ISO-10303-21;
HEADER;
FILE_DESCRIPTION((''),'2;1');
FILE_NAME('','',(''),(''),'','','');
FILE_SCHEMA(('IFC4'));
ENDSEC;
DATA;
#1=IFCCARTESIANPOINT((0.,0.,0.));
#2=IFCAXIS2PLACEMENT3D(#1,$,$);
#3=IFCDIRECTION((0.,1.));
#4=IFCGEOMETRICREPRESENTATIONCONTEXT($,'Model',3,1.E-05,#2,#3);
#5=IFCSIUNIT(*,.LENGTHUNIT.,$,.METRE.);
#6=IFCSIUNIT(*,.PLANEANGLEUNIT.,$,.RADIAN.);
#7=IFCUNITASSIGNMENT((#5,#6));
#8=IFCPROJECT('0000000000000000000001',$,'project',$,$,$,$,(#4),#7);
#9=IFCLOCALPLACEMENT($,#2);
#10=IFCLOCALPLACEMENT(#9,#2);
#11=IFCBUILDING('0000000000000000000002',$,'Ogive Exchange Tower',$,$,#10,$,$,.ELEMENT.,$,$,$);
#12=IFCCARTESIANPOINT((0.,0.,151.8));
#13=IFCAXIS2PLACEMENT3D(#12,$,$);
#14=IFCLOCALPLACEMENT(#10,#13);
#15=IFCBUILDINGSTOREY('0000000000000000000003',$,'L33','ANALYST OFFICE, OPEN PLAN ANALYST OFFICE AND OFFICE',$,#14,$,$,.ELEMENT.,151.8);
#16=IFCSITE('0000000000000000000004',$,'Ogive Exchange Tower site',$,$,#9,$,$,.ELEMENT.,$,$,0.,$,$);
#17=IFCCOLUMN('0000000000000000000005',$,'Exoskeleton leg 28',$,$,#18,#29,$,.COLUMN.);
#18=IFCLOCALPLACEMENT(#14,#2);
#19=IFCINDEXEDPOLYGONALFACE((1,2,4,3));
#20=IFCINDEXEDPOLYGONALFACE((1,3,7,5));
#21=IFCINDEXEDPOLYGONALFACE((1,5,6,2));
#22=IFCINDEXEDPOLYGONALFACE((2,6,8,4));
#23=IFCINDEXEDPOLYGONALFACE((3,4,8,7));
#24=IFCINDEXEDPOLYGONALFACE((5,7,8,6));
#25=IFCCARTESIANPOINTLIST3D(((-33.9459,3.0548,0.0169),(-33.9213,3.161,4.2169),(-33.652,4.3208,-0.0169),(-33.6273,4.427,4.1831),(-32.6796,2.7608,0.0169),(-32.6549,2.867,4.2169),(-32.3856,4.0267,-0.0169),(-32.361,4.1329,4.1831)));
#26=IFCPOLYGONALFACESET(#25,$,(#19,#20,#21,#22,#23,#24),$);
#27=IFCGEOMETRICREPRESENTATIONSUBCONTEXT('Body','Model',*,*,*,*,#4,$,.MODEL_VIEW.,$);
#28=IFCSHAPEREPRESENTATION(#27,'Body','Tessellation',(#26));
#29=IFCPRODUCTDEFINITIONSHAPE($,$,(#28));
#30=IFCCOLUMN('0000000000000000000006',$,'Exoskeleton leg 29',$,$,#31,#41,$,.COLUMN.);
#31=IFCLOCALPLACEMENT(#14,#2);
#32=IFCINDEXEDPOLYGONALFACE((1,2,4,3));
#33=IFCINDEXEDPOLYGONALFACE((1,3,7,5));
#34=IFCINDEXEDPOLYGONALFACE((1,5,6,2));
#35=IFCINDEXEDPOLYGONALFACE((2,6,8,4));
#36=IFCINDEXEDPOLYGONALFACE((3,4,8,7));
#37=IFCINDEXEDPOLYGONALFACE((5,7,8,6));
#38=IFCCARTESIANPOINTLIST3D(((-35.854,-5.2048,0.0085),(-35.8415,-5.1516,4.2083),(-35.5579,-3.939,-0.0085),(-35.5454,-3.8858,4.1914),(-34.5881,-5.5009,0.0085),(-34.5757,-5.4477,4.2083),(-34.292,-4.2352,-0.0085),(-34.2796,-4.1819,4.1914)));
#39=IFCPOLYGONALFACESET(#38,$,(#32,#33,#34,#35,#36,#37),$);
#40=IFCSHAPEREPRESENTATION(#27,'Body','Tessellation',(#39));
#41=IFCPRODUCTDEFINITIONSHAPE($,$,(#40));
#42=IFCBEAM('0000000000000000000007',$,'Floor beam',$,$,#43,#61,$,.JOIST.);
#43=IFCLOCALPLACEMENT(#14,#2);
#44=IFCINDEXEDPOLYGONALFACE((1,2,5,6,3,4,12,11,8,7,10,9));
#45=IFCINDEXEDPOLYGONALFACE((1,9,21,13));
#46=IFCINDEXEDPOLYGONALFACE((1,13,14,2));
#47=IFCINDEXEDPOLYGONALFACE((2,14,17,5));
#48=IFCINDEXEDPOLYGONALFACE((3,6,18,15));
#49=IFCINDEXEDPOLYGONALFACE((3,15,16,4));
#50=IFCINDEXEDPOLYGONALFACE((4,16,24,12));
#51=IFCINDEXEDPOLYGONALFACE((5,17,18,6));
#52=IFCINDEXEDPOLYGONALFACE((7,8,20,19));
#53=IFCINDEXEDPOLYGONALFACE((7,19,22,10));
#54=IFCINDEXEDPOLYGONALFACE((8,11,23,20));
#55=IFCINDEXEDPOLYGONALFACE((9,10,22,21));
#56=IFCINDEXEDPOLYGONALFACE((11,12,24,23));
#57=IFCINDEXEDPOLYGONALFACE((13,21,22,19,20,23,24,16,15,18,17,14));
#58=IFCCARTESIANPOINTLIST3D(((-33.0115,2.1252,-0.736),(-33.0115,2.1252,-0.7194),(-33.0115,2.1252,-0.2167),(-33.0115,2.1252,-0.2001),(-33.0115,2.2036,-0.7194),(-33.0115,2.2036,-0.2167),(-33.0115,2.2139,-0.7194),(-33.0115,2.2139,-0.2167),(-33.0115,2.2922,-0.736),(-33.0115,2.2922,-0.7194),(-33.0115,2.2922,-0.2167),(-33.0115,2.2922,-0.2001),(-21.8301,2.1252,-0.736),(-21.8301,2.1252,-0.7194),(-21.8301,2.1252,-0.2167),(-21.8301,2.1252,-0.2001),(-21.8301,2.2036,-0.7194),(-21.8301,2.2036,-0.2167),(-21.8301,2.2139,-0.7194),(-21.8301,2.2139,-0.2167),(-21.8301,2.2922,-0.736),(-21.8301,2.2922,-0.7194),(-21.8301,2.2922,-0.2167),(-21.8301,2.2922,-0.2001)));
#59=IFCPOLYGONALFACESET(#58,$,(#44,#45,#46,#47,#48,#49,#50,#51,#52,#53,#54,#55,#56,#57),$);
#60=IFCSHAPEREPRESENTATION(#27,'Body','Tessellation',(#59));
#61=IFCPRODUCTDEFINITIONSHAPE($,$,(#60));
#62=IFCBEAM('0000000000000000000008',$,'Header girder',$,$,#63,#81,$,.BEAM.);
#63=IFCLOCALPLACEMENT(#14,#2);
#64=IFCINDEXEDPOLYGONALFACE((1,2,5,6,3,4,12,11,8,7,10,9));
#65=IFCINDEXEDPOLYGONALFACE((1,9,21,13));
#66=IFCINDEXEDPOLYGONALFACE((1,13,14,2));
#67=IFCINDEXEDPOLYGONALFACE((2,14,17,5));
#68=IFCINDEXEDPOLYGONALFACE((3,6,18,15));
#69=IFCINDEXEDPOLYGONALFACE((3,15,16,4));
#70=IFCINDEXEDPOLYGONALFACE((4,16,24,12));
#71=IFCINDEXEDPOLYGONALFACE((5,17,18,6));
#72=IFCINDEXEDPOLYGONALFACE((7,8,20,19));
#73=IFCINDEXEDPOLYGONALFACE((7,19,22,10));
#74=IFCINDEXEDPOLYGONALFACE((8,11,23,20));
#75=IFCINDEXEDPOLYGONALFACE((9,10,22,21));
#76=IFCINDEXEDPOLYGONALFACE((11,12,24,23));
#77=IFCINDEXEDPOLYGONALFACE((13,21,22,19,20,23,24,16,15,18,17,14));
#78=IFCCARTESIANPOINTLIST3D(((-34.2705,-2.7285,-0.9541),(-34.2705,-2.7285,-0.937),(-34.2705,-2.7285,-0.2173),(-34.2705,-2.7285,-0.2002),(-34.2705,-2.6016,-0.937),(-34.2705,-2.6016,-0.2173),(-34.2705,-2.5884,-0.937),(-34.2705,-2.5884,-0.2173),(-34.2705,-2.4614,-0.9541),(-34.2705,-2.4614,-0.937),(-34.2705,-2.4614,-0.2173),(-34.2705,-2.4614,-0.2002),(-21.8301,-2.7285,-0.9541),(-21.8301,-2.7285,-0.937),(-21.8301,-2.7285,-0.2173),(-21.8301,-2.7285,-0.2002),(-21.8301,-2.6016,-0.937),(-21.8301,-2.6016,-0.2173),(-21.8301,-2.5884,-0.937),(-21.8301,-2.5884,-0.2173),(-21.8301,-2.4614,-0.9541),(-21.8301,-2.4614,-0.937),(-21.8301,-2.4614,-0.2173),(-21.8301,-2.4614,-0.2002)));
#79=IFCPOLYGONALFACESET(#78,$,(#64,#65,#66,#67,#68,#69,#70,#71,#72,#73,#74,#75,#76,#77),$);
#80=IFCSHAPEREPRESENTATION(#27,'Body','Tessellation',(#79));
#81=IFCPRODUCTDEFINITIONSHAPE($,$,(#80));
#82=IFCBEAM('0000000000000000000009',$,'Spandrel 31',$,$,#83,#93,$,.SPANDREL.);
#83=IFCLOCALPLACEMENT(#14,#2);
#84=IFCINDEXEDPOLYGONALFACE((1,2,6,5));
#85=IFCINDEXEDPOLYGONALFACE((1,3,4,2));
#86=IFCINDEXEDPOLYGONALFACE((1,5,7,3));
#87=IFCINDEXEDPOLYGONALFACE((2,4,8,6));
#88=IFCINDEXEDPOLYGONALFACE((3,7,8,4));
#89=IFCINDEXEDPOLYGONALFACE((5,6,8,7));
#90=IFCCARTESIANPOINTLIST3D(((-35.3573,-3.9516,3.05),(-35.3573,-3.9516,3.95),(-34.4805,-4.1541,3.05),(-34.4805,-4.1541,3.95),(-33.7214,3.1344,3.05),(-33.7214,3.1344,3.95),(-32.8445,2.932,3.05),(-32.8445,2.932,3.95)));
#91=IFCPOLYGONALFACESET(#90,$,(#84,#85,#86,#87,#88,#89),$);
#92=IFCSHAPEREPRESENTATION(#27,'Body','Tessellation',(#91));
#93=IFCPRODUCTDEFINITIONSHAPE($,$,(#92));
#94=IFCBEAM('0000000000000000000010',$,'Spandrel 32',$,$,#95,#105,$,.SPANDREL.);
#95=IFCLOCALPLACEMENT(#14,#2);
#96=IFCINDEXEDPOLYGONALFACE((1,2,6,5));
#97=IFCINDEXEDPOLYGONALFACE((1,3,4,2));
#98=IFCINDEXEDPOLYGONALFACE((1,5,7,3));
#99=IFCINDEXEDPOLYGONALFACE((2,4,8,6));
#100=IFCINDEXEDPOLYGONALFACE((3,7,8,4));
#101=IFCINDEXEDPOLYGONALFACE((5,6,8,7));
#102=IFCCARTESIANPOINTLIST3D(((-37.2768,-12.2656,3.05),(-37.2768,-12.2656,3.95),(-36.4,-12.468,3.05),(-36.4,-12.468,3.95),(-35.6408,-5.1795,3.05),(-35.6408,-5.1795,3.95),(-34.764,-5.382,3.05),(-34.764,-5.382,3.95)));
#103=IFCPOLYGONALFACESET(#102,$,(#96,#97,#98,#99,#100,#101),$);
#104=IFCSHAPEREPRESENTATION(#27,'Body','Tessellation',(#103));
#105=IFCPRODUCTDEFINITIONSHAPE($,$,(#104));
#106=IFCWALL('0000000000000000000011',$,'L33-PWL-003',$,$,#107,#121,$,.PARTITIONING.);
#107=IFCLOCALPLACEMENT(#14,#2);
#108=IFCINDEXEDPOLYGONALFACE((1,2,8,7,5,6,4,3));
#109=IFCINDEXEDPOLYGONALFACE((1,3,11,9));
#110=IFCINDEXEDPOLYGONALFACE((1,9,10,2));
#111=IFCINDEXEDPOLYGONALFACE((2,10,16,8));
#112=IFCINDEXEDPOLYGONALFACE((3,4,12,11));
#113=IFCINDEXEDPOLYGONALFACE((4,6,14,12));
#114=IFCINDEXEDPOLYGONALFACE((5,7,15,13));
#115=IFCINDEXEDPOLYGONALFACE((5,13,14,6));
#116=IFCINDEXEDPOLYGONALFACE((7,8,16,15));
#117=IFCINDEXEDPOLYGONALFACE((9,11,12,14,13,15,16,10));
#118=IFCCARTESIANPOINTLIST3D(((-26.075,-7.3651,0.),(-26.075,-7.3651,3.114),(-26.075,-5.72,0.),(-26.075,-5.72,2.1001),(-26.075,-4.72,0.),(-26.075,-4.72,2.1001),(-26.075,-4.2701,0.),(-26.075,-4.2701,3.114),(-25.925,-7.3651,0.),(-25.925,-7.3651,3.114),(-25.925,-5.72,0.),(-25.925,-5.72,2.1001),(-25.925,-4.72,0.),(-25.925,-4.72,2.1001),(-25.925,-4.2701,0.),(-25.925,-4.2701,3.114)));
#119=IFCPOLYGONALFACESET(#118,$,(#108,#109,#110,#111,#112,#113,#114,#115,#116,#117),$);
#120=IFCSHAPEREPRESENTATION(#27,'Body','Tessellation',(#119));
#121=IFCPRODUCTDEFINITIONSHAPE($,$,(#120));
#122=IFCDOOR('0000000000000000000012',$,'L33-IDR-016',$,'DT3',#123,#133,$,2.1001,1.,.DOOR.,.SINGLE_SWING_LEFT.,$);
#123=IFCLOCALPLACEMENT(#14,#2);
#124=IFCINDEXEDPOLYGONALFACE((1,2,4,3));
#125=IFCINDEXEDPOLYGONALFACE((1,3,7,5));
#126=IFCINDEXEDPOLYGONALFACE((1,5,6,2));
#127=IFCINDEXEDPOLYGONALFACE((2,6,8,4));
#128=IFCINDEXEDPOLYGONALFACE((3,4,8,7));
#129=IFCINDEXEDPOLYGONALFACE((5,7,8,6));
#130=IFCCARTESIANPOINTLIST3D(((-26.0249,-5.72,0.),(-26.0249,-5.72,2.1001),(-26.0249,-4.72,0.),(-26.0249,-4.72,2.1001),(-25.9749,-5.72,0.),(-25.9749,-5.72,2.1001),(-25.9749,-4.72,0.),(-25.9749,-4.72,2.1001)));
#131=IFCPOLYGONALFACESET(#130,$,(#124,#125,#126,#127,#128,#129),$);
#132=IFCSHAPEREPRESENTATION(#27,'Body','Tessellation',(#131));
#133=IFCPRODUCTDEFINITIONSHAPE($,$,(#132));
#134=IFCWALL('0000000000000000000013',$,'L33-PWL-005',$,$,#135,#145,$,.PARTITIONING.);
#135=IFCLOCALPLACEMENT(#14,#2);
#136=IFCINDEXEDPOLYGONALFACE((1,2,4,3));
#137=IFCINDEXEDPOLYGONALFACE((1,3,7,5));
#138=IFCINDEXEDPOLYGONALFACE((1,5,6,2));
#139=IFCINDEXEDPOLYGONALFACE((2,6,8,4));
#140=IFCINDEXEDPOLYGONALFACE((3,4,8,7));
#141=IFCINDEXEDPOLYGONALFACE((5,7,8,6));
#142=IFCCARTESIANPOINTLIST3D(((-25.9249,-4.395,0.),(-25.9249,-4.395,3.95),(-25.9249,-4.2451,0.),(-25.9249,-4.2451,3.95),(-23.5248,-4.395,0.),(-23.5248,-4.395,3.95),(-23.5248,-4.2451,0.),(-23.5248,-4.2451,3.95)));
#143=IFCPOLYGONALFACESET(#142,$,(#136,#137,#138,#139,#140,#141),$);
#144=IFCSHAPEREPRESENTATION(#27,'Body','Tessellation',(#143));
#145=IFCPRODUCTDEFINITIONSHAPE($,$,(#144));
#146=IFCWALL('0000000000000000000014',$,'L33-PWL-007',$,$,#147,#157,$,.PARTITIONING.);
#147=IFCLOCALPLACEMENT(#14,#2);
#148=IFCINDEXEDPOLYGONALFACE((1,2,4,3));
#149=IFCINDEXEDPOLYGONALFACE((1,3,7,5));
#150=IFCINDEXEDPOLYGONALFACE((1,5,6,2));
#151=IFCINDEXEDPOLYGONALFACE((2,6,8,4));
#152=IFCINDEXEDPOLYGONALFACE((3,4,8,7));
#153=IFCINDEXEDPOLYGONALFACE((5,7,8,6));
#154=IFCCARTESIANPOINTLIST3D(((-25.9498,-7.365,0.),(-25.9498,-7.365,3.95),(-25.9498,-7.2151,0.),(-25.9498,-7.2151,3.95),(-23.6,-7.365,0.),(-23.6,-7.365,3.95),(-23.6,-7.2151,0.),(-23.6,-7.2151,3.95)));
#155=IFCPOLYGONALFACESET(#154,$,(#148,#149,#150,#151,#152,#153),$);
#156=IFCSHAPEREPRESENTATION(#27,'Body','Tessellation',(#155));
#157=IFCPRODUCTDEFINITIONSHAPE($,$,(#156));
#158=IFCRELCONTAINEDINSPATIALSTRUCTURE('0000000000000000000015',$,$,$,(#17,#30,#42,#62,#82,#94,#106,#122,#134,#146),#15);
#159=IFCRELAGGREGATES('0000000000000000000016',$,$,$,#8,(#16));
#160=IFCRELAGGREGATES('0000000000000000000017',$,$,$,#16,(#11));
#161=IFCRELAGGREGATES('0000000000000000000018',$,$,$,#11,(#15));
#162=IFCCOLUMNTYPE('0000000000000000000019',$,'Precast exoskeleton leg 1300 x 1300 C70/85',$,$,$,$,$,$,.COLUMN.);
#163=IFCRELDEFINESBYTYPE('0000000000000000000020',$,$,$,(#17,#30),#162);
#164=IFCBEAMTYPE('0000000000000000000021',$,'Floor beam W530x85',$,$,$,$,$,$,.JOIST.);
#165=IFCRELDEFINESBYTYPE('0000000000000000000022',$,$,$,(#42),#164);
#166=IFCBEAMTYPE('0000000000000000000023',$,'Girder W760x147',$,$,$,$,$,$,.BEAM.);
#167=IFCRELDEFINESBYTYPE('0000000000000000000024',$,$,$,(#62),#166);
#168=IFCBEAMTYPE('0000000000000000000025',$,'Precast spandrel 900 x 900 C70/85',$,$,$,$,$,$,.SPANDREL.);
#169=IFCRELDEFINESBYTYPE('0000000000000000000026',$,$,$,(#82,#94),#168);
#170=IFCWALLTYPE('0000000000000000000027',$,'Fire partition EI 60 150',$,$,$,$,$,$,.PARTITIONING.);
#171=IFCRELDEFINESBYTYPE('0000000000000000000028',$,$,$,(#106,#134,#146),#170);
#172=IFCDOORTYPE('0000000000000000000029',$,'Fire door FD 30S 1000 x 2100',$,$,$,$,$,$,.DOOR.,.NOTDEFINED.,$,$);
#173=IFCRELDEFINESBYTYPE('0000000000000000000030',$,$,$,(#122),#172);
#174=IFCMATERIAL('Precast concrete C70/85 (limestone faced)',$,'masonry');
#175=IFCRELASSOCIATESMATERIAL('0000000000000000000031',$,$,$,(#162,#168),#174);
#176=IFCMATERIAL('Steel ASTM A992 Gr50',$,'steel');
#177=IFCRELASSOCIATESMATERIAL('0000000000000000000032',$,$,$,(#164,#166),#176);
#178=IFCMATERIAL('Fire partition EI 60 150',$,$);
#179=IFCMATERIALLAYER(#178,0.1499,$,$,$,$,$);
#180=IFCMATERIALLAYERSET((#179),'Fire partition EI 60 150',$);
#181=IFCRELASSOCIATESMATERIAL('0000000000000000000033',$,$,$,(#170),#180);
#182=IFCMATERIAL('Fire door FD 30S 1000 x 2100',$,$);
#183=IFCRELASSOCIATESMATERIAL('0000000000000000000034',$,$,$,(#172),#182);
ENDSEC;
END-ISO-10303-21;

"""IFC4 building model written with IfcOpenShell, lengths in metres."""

from ifc_helpers import new_model, si_unit, direction, frame, frame_2d, origin, origin_2d, place, context, subcontext, project, spatial, rectangle, i_section, extrude, material, layer, layer_set, material_profile, profile_set, type_object, element, fill, save


model = new_model("IFC4")

# Units and contexts
model_context = context("Model", 3, precision=1e-05, world=origin(), true_north=direction((0.0, 1.0)))
body_context = subcontext(model_context, "Body", "Model", "MODEL_VIEW")
ifc_project = project(units=[si_unit("LENGTHUNIT", "METRE"), si_unit("PLANEANGLEUNIT", "RADIAN")], contexts=[model_context])

# Site, building, storey
site_placement = place(None, origin())
site = spatial("IfcSite", under=ifc_project, at=site_placement, Name="Ogive Exchange Tower site", CompositionType="ELEMENT", RefElevation=0.0)
building_placement = place(site_placement, origin())
building = spatial("IfcBuilding", under=site, at=building_placement, Name="Ogive Exchange Tower", CompositionType="ELEMENT")
storey_placement = place(building_placement, frame((0.0, 0.0, 151.8)))
storey = spatial("IfcBuildingStorey", under=building, at=storey_placement, Name="L33", Description="ANALYST OFFICE, OPEN PLAN ANALYST OFFICE AND OFFICE", CompositionType="ELEMENT", Elevation=151.8)

# Columns
ifc_material_1 = material(Name="Precast concrete C70/85 (limestone faced)", Category="masonry")
ifc_material_profile_1 = material_profile(ifc_material_1, rectangle(XDim=1.3, YDim=1.3, at=origin_2d()), Name="1300 x 1300")
ifc_profile_set_1 = profile_set([ifc_material_profile_1], Name="Precast concrete C70/85 (limestone faced)")
column_type = type_object("IfcColumnType", Name="Precast exoskeleton leg 1300 x 1300 C70/85", PredefinedType="COLUMN", material=ifc_profile_set_1)
column_1_placement = place(storey_placement, frame((-33.1658, 3.5408, 0.0), z_axis=(0.005869, 0.025278, 0.999663), x_axis=(-0.974088, 0.226168, 0.0)))
element("IfcColumn", 1, at=column_1_placement, inside=storey, type_object=column_type, Name="Exoskeleton leg 28", PredefinedType="COLUMN", context=body_context, shape_type="SweptSolid", body=[
    extrude(rectangle(XDim=1.3, YDim=1.3, at=origin_2d()), origin(), (0.0, 0.0, 1.0), 4.2014),
])
column_2_placement = place(storey_placement, frame((-35.073, -4.72, 0.0), z_axis=(0.002964, 0.012671, 0.999915), x_axis=(-0.973709, 0.227794, 0.0)))
element("IfcColumn", 2, at=column_2_placement, inside=storey, type_object=column_type, Name="Exoskeleton leg 29", PredefinedType="COLUMN", context=body_context, shape_type="SweptSolid", body=[
    extrude(rectangle(XDim=1.3, YDim=1.3, at=origin_2d()), origin(), (0.0, 0.0, 1.0), 4.2002),
])

# Beams
ifc_material_2 = material(Name="Steel ASTM A992 Gr50", Category="steel")
ifc_material_profile_2 = material_profile(ifc_material_2, i_section(OverallWidth=0.167, OverallDepth=0.5359, WebThickness=0.0103, FlangeThickness=0.0166, at=origin_2d()), Name="W530x85")
ifc_profile_set_2 = profile_set([ifc_material_profile_2], Name="Steel ASTM A992 Gr50")
beam_type_1 = type_object("IfcBeamType", Name="Floor beam W530x85", PredefinedType="JOIST", material=ifc_profile_set_2)
beam_1_placement = place(storey_placement, frame((-33.0115, 2.2087, -0.468), z_axis=(1.0, 0.0, 0.0), x_axis=(0.0, 1.0, 0.0)))
element("IfcBeam", 3, at=beam_1_placement, inside=storey, type_object=beam_type_1, Name="Floor beam", PredefinedType="JOIST", context=body_context, shape_type="SweptSolid", body=[
    extrude(i_section(OverallWidth=0.167, OverallDepth=0.5359, WebThickness=0.0103, FlangeThickness=0.0166, at=origin_2d()), origin(), (0.0, 0.0, 1.0), 11.1814),
])
ifc_material_profile_3 = material_profile(ifc_material_2, i_section(OverallWidth=0.2671, OverallDepth=0.7539, WebThickness=0.0132, FlangeThickness=0.0171, at=origin_2d()), Name="W760x147")
ifc_profile_set_3 = profile_set([ifc_material_profile_3], Name="Steel ASTM A992 Gr50")
beam_type_2 = type_object("IfcBeamType", Name="Girder W760x147", PredefinedType="BEAM", material=ifc_profile_set_3)
beam_2_placement = place(storey_placement, frame((-34.2705, -2.595, -0.5771), z_axis=(1.0, 0.0, 0.0), x_axis=(0.0, 1.0, 0.0)))
element("IfcBeam", 4, at=beam_2_placement, inside=storey, type_object=beam_type_2, Name="Header girder", PredefinedType="BEAM", context=body_context, shape_type="SweptSolid", body=[
    extrude(i_section(OverallWidth=0.2671, OverallDepth=0.7539, WebThickness=0.0132, FlangeThickness=0.0171, at=origin_2d()), origin(), (0.0, 0.0, 1.0), 12.4404),
])
ifc_material_profile_4 = material_profile(ifc_material_1, rectangle(XDim=0.8999, YDim=0.8999, at=origin_2d()), Name="900 x 900")
ifc_profile_set_4 = profile_set([ifc_material_profile_4], Name="Precast concrete C70/85 (limestone faced)")
beam_type_3 = type_object("IfcBeamType", Name="Precast spandrel 900 x 900 C70/85", PredefinedType="SPANDREL", material=ifc_profile_set_4)
for number, where, z_axis, x_axis, name in (
    (5, (-33.283, 3.0332, 3.5), (-0.224953, -0.97437, 0.0), (0.97437, -0.224953, 0.0), "Spandrel 31"),
    (6, (-35.2024, -5.2808, 3.5), (-0.22496, -0.974368, 0.0), (0.974368, -0.22496, 0.0), "Spandrel 32"),
):
    element("IfcBeam", number, at=place(storey_placement, frame(where, z_axis=z_axis, x_axis=x_axis)), inside=storey, type_object=beam_type_3, Name=name, PredefinedType="SPANDREL", context=body_context, shape_type="SweptSolid", body=[
        extrude(rectangle(XDim=0.8999, YDim=0.8999, at=origin_2d()), origin(), (0.0, 0.0, 1.0), 7.2725),
    ])

# Wall, opening, door
ifc_material_3 = material(Name="Fire partition EI 60 150")
ifc_layer_1 = layer(ifc_material_3, 0.1499)
ifc_layer_set_1 = layer_set([ifc_layer_1], Name="Fire partition EI 60 150")
wall_type_1 = type_object("IfcWallType", Name="Fire partition EI 60 150", PredefinedType="PARTITIONING", material=ifc_layer_set_1)
wall_1_placement = place(storey_placement, frame((-26.0, -7.365, 0.0), z_axis=(0.0, 0.0, 1.0), x_axis=(0.0, 1.0, 0.0)))
wall_1 = element("IfcWall", 7, at=wall_1_placement, inside=storey, type_object=wall_type_1, Name="L33-PWL-003", PredefinedType="PARTITIONING", context=body_context, shape_type="SweptSolid", body=[
    extrude(rectangle(XDim=3.095, YDim=0.1499, at=frame_2d((1.5474, 0.0))), origin(), (0.0, 0.0, 1.0), 3.114),
])
opening_1_placement = place(wall_1_placement, frame((1.645, 0.0, 0.0)))
opening_1 = element("IfcOpeningElement", 8, at=opening_1_placement, cuts=wall_1, PredefinedType="OPENING", context=body_context, shape_type="SweptSolid", body=[
    extrude(rectangle(XDim=1.0, YDim=2.1001, at=frame_2d((0.5, 1.05))), frame((0.0, 0.085, 0.0), z_axis=(0.0, -1.0, 0.0), x_axis=(1.0, 0.0, 0.0)), (0.0, 0.0, 1.0), 0.1699),
])
ifc_material_4 = material(Name="Fire door FD 30S 1000 x 2100")
door_type_1 = type_object("IfcDoorType", Name="Fire door FD 30S 1000 x 2100", OperationType="NOTDEFINED", PredefinedType="DOOR", material=ifc_material_4)
door_1_placement = place(opening_1_placement, origin())
door_1 = element("IfcDoor", 9, at=door_1_placement, inside=storey, type_object=door_type_1, Name="L33-IDR-016", ObjectType="DT3", OperationType="SINGLE_SWING_LEFT", OverallHeight=2.1001, OverallWidth=1.0, PredefinedType="DOOR", context=body_context, shape_type="SweptSolid", body=[
    extrude(rectangle(XDim=1.0, YDim=2.1001, at=frame_2d((0.5, 1.05))), frame((0.0, 0.0249, 0.0), z_axis=(0.0, -1.0, 0.0), x_axis=(1.0, 0.0, 0.0)), (0.0, 0.0, 1.0), 0.05),
])
fill(opening_1, door_1)

# Walls
wall_2_placement = place(storey_placement, frame((-25.925, -4.3201, 0.0), z_axis=(0.0, 0.0, 1.0), x_axis=(1.0, 0.0, 0.0)))
element("IfcWall", 10, at=wall_2_placement, inside=storey, type_object=wall_type_1, Name="L33-PWL-005", PredefinedType="PARTITIONING", context=body_context, shape_type="SweptSolid", body=[
    extrude(rectangle(XDim=2.4001, YDim=0.1499, at=frame_2d((1.2002, 0.0))), origin(), (0.0, 0.0, 1.0), 3.95),
])
wall_3_placement = place(storey_placement, frame((-23.6001, -7.29, 0.0), z_axis=(0.0, 0.0, 1.0), x_axis=(-1.0, 0.0, 0.0)))
element("IfcWall", 11, at=wall_3_placement, inside=storey, type_object=wall_type_1, Name="L33-PWL-007", PredefinedType="PARTITIONING", context=body_context, shape_type="SweptSolid", body=[
    extrude(rectangle(XDim=2.3499, YDim=0.1499, at=frame_2d((1.1748, 0.0))), origin(), (0.0, 0.0, 1.0), 3.95),
])

save(model, "model.ifc")
